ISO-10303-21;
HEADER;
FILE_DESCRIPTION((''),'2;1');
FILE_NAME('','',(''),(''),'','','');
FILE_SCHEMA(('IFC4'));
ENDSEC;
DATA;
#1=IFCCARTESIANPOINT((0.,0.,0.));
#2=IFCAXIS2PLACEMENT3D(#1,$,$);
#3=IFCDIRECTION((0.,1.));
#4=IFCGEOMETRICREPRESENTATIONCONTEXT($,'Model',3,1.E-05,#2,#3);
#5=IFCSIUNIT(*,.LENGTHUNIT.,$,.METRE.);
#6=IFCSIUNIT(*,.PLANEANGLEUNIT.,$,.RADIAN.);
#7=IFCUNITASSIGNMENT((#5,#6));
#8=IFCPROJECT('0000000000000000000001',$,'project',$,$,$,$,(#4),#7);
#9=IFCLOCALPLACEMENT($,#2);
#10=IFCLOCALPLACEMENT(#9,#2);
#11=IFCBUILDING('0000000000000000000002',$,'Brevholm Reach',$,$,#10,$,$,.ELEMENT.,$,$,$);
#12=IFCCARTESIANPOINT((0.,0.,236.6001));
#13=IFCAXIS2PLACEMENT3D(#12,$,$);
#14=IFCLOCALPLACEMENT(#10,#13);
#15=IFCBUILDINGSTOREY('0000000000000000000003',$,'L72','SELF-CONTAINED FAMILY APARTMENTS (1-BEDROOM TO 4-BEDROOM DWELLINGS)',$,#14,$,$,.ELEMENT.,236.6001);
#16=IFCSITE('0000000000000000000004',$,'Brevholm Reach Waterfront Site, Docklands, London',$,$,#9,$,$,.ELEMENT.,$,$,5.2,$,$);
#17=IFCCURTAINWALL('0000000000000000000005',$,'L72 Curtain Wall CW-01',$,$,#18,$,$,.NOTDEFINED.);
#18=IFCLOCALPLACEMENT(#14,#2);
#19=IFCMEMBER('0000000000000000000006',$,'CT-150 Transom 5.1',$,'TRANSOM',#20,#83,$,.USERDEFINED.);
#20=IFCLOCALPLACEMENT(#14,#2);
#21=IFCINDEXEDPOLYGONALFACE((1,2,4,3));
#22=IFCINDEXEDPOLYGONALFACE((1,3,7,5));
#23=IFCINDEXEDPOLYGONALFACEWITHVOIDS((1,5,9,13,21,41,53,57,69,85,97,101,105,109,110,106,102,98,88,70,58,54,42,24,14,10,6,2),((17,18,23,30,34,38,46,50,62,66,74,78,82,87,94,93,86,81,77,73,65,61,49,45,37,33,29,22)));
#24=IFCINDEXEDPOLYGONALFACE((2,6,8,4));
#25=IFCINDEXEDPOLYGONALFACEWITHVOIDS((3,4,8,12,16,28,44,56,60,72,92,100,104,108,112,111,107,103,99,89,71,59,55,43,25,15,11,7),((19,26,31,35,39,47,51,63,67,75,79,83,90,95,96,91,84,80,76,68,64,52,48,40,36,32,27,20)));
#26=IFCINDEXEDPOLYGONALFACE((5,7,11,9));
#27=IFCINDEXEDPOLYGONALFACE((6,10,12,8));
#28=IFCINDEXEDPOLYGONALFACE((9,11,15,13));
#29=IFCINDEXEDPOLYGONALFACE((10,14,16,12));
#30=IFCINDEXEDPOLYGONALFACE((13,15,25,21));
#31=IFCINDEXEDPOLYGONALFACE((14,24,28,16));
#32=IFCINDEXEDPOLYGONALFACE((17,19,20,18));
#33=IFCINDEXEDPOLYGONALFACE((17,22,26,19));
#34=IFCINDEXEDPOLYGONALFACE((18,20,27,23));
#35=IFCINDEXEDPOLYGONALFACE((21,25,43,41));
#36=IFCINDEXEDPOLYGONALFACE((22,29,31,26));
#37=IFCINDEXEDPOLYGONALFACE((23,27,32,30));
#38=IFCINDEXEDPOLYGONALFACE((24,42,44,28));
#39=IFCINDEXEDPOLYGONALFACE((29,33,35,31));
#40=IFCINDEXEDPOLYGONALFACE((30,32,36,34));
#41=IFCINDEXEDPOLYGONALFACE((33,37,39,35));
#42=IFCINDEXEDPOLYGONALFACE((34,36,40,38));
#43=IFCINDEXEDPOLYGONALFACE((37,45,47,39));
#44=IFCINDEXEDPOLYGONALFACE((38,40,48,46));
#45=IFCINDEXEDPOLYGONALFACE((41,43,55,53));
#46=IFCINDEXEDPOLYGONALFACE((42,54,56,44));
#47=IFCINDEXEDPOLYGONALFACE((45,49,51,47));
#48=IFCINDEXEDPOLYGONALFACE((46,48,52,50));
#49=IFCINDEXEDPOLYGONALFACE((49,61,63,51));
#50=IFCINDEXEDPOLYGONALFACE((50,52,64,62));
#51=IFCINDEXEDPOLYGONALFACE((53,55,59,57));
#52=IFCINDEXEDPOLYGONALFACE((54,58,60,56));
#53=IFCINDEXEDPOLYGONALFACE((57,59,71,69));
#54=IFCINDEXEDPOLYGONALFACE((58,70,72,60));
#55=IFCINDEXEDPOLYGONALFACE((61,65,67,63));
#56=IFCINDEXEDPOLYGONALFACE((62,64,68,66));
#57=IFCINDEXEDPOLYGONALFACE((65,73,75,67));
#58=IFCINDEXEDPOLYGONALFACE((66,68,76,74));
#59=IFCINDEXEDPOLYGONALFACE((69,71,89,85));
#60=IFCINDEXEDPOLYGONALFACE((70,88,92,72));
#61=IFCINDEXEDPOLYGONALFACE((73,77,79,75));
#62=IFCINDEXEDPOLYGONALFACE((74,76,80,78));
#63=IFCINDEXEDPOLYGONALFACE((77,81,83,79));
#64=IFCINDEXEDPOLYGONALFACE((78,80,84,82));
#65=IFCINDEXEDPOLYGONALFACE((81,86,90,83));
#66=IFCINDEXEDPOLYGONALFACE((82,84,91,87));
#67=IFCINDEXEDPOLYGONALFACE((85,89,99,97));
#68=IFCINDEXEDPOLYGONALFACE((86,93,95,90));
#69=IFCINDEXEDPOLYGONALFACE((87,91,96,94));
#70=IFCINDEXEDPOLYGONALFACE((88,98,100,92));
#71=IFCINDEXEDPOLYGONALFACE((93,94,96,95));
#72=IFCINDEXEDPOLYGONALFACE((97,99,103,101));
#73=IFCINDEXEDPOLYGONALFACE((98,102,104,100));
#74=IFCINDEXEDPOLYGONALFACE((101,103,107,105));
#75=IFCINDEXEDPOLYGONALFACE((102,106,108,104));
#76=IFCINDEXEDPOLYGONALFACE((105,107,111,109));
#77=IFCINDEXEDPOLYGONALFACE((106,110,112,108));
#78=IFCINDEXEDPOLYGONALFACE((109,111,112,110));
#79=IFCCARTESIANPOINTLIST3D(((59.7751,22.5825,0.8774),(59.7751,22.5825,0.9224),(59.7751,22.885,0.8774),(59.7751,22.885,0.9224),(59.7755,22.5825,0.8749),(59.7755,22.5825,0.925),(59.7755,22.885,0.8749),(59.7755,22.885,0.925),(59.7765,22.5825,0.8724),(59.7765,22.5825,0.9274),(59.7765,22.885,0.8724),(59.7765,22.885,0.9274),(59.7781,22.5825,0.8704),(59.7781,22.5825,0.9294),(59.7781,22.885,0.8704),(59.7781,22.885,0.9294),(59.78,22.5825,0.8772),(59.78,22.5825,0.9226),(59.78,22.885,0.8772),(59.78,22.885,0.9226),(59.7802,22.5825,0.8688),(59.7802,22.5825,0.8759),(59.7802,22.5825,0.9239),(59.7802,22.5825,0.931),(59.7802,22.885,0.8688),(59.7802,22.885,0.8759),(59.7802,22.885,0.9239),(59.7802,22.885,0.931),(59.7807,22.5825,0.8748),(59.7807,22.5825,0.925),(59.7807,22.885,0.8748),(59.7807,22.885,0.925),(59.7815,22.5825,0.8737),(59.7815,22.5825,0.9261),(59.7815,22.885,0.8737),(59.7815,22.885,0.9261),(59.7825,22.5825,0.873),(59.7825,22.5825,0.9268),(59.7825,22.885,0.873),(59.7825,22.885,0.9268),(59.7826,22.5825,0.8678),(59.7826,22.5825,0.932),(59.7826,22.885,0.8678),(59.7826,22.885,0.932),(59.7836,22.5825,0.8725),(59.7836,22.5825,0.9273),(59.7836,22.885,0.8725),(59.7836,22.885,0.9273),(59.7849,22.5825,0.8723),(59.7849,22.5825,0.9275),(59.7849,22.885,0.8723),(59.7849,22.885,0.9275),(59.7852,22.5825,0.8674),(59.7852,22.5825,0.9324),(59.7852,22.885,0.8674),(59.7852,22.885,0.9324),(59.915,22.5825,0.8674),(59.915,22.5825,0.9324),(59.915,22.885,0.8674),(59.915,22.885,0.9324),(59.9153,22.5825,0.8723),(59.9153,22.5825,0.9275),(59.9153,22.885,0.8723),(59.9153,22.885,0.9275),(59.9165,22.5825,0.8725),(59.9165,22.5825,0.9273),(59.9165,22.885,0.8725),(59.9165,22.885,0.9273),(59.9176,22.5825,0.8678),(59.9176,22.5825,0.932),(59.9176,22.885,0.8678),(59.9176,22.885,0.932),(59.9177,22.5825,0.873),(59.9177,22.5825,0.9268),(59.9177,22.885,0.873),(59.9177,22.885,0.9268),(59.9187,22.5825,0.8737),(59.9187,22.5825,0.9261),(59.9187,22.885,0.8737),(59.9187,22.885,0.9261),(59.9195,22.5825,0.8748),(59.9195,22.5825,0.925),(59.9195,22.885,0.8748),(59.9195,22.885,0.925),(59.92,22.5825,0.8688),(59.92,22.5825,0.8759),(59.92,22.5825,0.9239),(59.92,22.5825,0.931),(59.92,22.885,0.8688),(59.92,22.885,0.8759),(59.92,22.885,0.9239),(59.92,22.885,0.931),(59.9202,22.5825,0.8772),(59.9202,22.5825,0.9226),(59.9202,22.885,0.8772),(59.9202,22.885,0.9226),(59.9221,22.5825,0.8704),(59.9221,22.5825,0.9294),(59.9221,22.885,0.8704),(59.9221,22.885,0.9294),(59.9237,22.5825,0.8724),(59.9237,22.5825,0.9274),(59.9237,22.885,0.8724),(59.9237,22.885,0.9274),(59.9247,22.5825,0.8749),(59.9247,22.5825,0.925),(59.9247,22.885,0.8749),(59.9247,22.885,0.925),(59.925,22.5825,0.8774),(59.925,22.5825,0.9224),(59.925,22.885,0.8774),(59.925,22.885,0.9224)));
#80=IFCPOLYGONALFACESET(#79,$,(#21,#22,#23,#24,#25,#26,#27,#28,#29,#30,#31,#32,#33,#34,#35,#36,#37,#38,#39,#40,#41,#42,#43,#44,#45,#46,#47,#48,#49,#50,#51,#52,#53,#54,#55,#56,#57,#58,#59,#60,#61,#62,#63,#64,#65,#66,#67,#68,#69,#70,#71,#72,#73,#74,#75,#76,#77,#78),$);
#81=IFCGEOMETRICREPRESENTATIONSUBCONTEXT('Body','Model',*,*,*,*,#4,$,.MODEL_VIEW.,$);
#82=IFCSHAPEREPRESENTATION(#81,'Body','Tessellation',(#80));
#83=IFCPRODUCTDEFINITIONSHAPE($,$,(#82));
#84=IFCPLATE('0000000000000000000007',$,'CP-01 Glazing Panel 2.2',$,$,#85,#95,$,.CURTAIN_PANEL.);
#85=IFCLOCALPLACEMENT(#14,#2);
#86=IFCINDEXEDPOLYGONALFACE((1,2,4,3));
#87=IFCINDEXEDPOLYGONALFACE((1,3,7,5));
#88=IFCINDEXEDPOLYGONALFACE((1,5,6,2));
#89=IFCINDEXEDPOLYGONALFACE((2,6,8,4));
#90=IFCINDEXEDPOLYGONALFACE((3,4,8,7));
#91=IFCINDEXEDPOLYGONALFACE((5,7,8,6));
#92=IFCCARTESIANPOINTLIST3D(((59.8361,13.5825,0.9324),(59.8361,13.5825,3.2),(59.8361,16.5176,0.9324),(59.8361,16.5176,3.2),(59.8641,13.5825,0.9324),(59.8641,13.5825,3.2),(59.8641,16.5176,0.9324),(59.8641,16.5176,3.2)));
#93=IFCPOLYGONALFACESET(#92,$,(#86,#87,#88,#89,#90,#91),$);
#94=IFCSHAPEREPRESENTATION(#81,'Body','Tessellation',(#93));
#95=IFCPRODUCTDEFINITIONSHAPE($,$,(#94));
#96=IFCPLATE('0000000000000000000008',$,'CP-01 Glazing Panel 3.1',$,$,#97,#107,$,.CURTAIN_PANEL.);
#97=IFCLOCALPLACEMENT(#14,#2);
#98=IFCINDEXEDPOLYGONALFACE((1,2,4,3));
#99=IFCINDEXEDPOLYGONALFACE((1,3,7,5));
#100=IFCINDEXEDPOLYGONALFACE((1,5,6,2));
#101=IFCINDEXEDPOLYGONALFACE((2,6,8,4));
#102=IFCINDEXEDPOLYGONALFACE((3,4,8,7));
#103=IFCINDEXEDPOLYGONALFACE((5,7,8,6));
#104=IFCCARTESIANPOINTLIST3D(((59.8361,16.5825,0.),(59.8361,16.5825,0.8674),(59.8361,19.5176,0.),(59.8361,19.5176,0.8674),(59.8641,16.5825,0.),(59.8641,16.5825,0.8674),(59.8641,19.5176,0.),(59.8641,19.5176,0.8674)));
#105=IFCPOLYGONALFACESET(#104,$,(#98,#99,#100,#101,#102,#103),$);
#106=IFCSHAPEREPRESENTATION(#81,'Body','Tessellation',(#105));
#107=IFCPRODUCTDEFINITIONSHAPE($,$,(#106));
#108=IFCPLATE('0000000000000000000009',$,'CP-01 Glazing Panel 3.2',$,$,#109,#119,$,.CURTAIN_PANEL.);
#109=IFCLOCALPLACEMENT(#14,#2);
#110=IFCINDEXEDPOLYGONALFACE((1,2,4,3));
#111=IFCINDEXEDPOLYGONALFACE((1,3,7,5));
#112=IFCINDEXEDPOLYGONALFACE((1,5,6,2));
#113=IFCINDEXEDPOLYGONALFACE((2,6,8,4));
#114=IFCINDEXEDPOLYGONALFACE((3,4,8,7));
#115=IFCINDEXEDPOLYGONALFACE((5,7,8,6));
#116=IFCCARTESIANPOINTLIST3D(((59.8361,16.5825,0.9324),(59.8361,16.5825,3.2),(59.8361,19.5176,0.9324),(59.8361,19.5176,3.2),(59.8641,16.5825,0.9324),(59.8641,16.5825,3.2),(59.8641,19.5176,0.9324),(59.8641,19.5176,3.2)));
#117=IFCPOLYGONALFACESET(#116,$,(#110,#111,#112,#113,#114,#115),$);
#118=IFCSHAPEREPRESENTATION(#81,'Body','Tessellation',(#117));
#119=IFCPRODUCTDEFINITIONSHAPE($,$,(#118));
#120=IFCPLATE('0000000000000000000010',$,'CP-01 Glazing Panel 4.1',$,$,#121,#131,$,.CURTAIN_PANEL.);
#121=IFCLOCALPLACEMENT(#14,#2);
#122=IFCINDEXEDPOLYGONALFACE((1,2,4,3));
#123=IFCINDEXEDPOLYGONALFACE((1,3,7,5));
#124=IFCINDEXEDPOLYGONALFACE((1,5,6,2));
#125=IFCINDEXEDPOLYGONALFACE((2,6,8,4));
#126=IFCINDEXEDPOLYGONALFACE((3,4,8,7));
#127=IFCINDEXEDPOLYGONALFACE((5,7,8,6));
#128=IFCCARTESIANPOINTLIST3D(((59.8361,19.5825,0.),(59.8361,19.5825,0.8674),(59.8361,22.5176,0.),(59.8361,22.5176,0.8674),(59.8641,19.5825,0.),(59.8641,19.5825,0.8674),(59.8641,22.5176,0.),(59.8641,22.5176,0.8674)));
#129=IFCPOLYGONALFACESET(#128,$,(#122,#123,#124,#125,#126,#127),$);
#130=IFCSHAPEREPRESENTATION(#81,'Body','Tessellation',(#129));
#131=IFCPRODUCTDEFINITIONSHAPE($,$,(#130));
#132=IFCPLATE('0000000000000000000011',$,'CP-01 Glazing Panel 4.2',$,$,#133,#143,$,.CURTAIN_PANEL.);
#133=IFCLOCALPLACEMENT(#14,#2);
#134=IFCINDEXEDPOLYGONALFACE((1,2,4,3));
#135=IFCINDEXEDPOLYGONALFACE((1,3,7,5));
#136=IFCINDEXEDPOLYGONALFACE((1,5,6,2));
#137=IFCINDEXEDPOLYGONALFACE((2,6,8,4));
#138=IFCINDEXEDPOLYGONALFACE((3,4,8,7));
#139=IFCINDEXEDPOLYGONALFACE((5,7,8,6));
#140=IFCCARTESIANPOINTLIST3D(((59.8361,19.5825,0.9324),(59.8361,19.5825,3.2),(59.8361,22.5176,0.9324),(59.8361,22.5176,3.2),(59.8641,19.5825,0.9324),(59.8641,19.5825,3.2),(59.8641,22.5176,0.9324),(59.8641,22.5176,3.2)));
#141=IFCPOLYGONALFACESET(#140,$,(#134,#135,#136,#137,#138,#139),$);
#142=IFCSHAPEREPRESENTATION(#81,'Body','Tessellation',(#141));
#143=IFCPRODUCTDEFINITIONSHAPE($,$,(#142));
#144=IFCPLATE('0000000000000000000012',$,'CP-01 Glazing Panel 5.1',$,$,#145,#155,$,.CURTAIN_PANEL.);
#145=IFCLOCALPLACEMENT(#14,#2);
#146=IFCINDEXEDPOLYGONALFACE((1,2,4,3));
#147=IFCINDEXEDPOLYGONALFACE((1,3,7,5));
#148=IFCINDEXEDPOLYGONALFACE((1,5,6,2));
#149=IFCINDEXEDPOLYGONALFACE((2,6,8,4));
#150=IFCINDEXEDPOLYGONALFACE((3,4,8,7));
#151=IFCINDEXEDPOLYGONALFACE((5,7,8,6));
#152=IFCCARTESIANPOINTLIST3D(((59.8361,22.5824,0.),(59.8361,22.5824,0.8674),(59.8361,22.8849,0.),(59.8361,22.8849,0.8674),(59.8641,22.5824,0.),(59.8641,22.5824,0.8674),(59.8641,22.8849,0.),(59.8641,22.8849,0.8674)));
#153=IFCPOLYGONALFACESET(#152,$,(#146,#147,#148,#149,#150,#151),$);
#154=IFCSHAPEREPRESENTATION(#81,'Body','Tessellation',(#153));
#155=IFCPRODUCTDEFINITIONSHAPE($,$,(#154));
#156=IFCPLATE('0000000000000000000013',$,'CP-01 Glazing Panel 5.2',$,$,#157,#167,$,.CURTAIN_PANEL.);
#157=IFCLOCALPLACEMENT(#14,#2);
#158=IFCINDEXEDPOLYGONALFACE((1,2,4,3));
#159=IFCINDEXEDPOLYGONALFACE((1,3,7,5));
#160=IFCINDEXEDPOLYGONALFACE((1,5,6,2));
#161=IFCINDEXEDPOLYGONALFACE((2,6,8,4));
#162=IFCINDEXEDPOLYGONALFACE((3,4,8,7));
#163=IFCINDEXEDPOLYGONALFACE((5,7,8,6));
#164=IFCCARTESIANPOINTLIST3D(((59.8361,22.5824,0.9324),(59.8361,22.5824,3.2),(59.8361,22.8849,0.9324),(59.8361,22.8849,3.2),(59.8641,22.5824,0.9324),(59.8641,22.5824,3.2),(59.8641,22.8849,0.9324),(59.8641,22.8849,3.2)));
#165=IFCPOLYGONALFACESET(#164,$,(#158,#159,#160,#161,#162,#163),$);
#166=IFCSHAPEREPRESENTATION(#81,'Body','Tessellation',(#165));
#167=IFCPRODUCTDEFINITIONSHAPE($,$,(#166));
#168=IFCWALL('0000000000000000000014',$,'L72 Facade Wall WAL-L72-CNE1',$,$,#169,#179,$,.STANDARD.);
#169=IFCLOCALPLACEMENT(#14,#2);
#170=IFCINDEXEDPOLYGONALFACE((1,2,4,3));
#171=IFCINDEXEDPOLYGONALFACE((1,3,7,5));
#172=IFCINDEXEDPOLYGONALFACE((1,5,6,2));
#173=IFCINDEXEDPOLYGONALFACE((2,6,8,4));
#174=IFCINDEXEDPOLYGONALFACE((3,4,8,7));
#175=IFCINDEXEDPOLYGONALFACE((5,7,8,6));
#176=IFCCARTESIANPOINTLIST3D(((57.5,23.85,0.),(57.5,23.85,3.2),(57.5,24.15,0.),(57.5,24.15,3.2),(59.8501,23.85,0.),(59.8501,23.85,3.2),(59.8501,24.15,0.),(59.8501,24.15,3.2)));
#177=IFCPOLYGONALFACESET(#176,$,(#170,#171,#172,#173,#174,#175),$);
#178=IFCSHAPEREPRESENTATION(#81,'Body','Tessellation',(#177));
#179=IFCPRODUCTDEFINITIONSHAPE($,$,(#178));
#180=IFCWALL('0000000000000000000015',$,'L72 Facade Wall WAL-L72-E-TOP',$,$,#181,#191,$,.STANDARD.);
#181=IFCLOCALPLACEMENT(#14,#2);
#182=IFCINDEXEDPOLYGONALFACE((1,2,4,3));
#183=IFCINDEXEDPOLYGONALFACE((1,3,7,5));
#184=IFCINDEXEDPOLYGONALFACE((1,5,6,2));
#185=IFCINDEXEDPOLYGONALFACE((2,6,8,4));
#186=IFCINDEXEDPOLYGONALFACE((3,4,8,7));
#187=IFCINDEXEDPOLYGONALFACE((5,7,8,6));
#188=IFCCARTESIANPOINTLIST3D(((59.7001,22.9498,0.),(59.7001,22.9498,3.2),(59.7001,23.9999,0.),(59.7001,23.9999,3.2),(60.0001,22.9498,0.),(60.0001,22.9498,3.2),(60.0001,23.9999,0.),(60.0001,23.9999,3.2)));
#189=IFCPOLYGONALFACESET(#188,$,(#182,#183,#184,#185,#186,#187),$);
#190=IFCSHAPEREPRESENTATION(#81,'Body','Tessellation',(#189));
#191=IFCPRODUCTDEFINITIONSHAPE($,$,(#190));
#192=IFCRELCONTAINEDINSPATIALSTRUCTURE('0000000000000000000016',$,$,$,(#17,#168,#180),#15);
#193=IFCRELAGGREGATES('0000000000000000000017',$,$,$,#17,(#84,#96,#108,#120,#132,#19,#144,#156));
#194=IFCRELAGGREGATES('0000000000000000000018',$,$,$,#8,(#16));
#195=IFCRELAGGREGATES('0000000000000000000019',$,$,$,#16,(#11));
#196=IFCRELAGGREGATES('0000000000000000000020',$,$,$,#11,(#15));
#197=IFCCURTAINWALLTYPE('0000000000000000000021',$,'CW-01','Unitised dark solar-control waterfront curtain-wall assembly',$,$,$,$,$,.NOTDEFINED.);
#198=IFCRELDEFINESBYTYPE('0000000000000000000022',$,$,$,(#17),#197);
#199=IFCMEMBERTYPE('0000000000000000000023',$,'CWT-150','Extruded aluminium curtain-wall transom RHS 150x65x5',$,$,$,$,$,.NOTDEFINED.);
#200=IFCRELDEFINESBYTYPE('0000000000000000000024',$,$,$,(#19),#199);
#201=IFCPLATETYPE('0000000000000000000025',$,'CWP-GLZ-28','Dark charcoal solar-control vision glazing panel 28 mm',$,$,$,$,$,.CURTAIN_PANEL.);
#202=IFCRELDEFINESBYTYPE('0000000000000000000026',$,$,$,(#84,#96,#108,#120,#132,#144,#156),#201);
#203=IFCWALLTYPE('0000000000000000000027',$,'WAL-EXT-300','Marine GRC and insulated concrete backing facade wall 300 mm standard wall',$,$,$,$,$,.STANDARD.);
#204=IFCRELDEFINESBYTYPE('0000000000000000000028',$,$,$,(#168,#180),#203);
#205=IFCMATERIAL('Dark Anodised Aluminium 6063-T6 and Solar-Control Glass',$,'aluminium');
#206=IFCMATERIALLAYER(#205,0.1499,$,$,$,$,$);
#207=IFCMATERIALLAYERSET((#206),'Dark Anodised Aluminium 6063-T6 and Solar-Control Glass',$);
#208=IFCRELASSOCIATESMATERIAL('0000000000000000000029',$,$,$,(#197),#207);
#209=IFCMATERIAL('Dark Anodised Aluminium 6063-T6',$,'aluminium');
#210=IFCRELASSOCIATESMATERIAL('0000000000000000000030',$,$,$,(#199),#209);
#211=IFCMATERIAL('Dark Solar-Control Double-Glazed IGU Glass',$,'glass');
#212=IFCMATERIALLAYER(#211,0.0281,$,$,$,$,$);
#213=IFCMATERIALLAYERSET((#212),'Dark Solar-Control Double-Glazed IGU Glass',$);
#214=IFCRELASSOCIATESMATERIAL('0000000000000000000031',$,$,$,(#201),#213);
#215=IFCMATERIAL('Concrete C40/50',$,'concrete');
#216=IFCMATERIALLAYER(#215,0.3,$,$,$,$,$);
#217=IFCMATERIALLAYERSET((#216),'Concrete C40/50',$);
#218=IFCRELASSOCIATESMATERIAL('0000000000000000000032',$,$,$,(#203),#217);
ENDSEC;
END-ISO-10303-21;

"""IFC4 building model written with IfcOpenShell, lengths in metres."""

from ifc_helpers import new_model, si_unit, direction, frame, frame_2d, origin, origin_2d, place, context, subcontext, project, spatial, rectangle, hollow_rectangle, extrude, material, layer, layer_set, material_profile, profile_set, type_object, element, aggregate, save


model = new_model("IFC4")

# Units and contexts
model_context = context("Model", 3, precision=1e-05, world=origin(), true_north=direction((0.0, 1.0)))
body_context = subcontext(model_context, "Body", "Model", "MODEL_VIEW")
ifc_project = project(units=[si_unit("LENGTHUNIT", "METRE"), si_unit("PLANEANGLEUNIT", "RADIAN")], contexts=[model_context])

# Site, building, storey
site_placement = place(None, origin())
site = spatial("IfcSite", under=ifc_project, at=site_placement, Name="Brevholm Reach Waterfront Site, Docklands, London", CompositionType="ELEMENT", RefElevation=5.2)
building_placement = place(site_placement, origin())
building = spatial("IfcBuilding", under=site, at=building_placement, Name="Brevholm Reach", CompositionType="ELEMENT")
storey_placement = place(building_placement, frame((0.0, 0.0, 236.6001)))
storey = spatial("IfcBuildingStorey", under=building, at=storey_placement, Name="L72", Description="SELF-CONTAINED FAMILY APARTMENTS (1-BEDROOM TO 4-BEDROOM DWELLINGS)", CompositionType="ELEMENT", Elevation=236.6001)

# Curtain wall, member, plates
ifc_material_1 = material(Name="Dark Anodised Aluminium 6063-T6 and Solar-Control Glass", Category="aluminium")
ifc_layer_1 = layer(ifc_material_1, 0.1499)
ifc_layer_set_1 = layer_set([ifc_layer_1], Name="Dark Anodised Aluminium 6063-T6 and Solar-Control Glass")
curtain_wall_type = type_object("IfcCurtainWallType", Name="CW-01", Description="Unitised dark solar-control waterfront curtain-wall assembly", PredefinedType="NOTDEFINED", material=ifc_layer_set_1)
curtain_wall_placement = place(storey_placement, origin())
curtain_wall = element("IfcCurtainWall", 1, at=curtain_wall_placement, inside=storey, type_object=curtain_wall_type, Name="L72 Curtain Wall CW-01", PredefinedType="NOTDEFINED")
ifc_material_2 = material(Name="Dark Anodised Aluminium 6063-T6", Category="aluminium")
ifc_material_profile_1 = material_profile(ifc_material_2, hollow_rectangle(XDim=0.0649, YDim=0.1499, WallThickness=0.0049, InnerFilletRadius=0.0049, OuterFilletRadius=0.01, at=origin_2d()), Name="RHS 150x65x5")
ifc_profile_set_1 = profile_set([ifc_material_profile_1], Name="Dark Anodised Aluminium 6063-T6")
member_type_1 = type_object("IfcMemberType", Name="CWT-150", Description="Extruded aluminium curtain-wall transom RHS 150x65x5", PredefinedType="NOTDEFINED", material=ifc_profile_set_1)
member_1_placement = place(storey_placement, frame((59.8501, 22.5825, 0.8999), z_axis=(0.0, 1.0, 0.0), x_axis=(0.0, 0.0, 1.0)))
member_1 = element("IfcMember", 2, at=member_1_placement, type_object=member_type_1, Name="CT-150 Transom 5.1", ObjectType="TRANSOM", PredefinedType="USERDEFINED", context=body_context, shape_type="SweptSolid", body=[
    extrude(hollow_rectangle(XDim=0.0649, YDim=0.1499, WallThickness=0.0049, InnerFilletRadius=0.0049, OuterFilletRadius=0.01, at=origin_2d()), origin(), (0.0, 0.0, 1.0), 0.3025),
])
ifc_material_3 = material(Name="Dark Solar-Control Double-Glazed IGU Glass", Category="glass")
ifc_layer_2 = layer(ifc_material_3, 0.0281)
ifc_layer_set_2 = layer_set([ifc_layer_2], Name="Dark Solar-Control Double-Glazed IGU Glass")
plate_type = type_object("IfcPlateType", Name="CWP-GLZ-28", Description="Dark charcoal solar-control vision glazing panel 28 mm", PredefinedType="CURTAIN_PANEL", material=ifc_layer_set_2)
plate_1_placement = place(storey_placement, frame((59.8501, 15.05, 0.9324), z_axis=(0.0, 0.0, 1.0), x_axis=(0.0, 1.0, 0.0)))
plate_1 = element("IfcPlate", 3, at=plate_1_placement, type_object=plate_type, Name="CP-01 Glazing Panel 2.2", PredefinedType="CURTAIN_PANEL", context=body_context, shape_type="SweptSolid", body=[
    extrude(rectangle(XDim=2.9351, YDim=0.0281, at=origin_2d()), origin(), (0.0, 0.0, 1.0), 2.2676),
])
plate_2_placement = place(storey_placement, frame((59.8501, 18.05, 0.0), z_axis=(0.0, 0.0, 1.0), x_axis=(0.0, 1.0, 0.0)))
plate_2 = element("IfcPlate", 4, at=plate_2_placement, type_object=plate_type, Name="CP-01 Glazing Panel 3.1", PredefinedType="CURTAIN_PANEL", context=body_context, shape_type="SweptSolid", body=[
    extrude(rectangle(XDim=2.9351, YDim=0.0281, at=origin_2d()), origin(), (0.0, 0.0, 1.0), 0.8674),
])
plate_3_placement = place(storey_placement, frame((59.8501, 18.05, 0.9324), z_axis=(0.0, 0.0, 1.0), x_axis=(0.0, 1.0, 0.0)))
plate_3 = element("IfcPlate", 5, at=plate_3_placement, type_object=plate_type, Name="CP-01 Glazing Panel 3.2", PredefinedType="CURTAIN_PANEL", context=body_context, shape_type="SweptSolid", body=[
    extrude(rectangle(XDim=2.9351, YDim=0.0281, at=origin_2d()), origin(), (0.0, 0.0, 1.0), 2.2676),
])
plate_4_placement = place(storey_placement, frame((59.8501, 21.05, 0.0), z_axis=(0.0, 0.0, 1.0), x_axis=(0.0, 1.0, 0.0)))
plate_4 = element("IfcPlate", 6, at=plate_4_placement, type_object=plate_type, Name="CP-01 Glazing Panel 4.1", PredefinedType="CURTAIN_PANEL", context=body_context, shape_type="SweptSolid", body=[
    extrude(rectangle(XDim=2.9351, YDim=0.0281, at=origin_2d()), origin(), (0.0, 0.0, 1.0), 0.8674),
])
plate_5_placement = place(storey_placement, frame((59.8501, 21.05, 0.9324), z_axis=(0.0, 0.0, 1.0), x_axis=(0.0, 1.0, 0.0)))
plate_5 = element("IfcPlate", 7, at=plate_5_placement, type_object=plate_type, Name="CP-01 Glazing Panel 4.2", PredefinedType="CURTAIN_PANEL", context=body_context, shape_type="SweptSolid", body=[
    extrude(rectangle(XDim=2.9351, YDim=0.0281, at=origin_2d()), origin(), (0.0, 0.0, 1.0), 2.2676),
])
plate_6_placement = place(storey_placement, frame((59.8501, 22.7336, 0.0), z_axis=(0.0, 0.0, 1.0), x_axis=(0.0, 1.0, 0.0)))
plate_6 = element("IfcPlate", 8, at=plate_6_placement, type_object=plate_type, Name="CP-01 Glazing Panel 5.1", PredefinedType="CURTAIN_PANEL", context=body_context, shape_type="SweptSolid", body=[
    extrude(rectangle(XDim=0.3025, YDim=0.0281, at=origin_2d()), origin(), (0.0, 0.0, 1.0), 0.8674),
])
plate_7_placement = place(storey_placement, frame((59.8501, 22.7336, 0.9324), z_axis=(0.0, 0.0, 1.0), x_axis=(0.0, 1.0, 0.0)))
plate_7 = element("IfcPlate", 9, at=plate_7_placement, type_object=plate_type, Name="CP-01 Glazing Panel 5.2", PredefinedType="CURTAIN_PANEL", context=body_context, shape_type="SweptSolid", body=[
    extrude(rectangle(XDim=0.3025, YDim=0.0281, at=origin_2d()), origin(), (0.0, 0.0, 1.0), 2.2676),
])
aggregate(curtain_wall, [plate_1, plate_2, plate_3, plate_4, plate_5, member_1, plate_6, plate_7])

# Walls
ifc_material_4 = material(Name="Concrete C40/50", Category="concrete")
ifc_layer_3 = layer(ifc_material_4, 0.3)
ifc_layer_set_3 = layer_set([ifc_layer_3], Name="Concrete C40/50")
wall_type = type_object("IfcWallType", Name="WAL-EXT-300", Description="Marine GRC and insulated concrete backing facade wall 300 mm standard wall", PredefinedType="STANDARD", material=ifc_layer_set_3)
wall_1_placement = place(storey_placement, frame((59.8501, 24.0, 0.0), z_axis=(0.0, 0.0, 1.0), x_axis=(-1.0, 0.0, 0.0)))
element("IfcWall", 10, at=wall_1_placement, inside=storey, type_object=wall_type, Name="L72 Facade Wall WAL-L72-CNE1", PredefinedType="STANDARD", context=body_context, shape_type="SweptSolid", body=[
    extrude(rectangle(XDim=2.3501, YDim=0.3, at=frame_2d((1.175, 0.0))), origin(), (0.0, 0.0, 1.0), 3.2),
])
wall_2_placement = place(storey_placement, frame((59.8501, 22.95, 0.0), z_axis=(0.0, 0.0, 1.0), x_axis=(0.0, 1.0, 0.0)))
element("IfcWall", 11, at=wall_2_placement, inside=storey, type_object=wall_type, Name="L72 Facade Wall WAL-L72-E-TOP", PredefinedType="STANDARD", context=body_context, shape_type="SweptSolid", body=[
    extrude(rectangle(XDim=1.05, YDim=0.3, at=frame_2d((0.5249, 0.0))), origin(), (0.0, 0.0, 1.0), 3.2),
])

save(model, "model.ifc")
